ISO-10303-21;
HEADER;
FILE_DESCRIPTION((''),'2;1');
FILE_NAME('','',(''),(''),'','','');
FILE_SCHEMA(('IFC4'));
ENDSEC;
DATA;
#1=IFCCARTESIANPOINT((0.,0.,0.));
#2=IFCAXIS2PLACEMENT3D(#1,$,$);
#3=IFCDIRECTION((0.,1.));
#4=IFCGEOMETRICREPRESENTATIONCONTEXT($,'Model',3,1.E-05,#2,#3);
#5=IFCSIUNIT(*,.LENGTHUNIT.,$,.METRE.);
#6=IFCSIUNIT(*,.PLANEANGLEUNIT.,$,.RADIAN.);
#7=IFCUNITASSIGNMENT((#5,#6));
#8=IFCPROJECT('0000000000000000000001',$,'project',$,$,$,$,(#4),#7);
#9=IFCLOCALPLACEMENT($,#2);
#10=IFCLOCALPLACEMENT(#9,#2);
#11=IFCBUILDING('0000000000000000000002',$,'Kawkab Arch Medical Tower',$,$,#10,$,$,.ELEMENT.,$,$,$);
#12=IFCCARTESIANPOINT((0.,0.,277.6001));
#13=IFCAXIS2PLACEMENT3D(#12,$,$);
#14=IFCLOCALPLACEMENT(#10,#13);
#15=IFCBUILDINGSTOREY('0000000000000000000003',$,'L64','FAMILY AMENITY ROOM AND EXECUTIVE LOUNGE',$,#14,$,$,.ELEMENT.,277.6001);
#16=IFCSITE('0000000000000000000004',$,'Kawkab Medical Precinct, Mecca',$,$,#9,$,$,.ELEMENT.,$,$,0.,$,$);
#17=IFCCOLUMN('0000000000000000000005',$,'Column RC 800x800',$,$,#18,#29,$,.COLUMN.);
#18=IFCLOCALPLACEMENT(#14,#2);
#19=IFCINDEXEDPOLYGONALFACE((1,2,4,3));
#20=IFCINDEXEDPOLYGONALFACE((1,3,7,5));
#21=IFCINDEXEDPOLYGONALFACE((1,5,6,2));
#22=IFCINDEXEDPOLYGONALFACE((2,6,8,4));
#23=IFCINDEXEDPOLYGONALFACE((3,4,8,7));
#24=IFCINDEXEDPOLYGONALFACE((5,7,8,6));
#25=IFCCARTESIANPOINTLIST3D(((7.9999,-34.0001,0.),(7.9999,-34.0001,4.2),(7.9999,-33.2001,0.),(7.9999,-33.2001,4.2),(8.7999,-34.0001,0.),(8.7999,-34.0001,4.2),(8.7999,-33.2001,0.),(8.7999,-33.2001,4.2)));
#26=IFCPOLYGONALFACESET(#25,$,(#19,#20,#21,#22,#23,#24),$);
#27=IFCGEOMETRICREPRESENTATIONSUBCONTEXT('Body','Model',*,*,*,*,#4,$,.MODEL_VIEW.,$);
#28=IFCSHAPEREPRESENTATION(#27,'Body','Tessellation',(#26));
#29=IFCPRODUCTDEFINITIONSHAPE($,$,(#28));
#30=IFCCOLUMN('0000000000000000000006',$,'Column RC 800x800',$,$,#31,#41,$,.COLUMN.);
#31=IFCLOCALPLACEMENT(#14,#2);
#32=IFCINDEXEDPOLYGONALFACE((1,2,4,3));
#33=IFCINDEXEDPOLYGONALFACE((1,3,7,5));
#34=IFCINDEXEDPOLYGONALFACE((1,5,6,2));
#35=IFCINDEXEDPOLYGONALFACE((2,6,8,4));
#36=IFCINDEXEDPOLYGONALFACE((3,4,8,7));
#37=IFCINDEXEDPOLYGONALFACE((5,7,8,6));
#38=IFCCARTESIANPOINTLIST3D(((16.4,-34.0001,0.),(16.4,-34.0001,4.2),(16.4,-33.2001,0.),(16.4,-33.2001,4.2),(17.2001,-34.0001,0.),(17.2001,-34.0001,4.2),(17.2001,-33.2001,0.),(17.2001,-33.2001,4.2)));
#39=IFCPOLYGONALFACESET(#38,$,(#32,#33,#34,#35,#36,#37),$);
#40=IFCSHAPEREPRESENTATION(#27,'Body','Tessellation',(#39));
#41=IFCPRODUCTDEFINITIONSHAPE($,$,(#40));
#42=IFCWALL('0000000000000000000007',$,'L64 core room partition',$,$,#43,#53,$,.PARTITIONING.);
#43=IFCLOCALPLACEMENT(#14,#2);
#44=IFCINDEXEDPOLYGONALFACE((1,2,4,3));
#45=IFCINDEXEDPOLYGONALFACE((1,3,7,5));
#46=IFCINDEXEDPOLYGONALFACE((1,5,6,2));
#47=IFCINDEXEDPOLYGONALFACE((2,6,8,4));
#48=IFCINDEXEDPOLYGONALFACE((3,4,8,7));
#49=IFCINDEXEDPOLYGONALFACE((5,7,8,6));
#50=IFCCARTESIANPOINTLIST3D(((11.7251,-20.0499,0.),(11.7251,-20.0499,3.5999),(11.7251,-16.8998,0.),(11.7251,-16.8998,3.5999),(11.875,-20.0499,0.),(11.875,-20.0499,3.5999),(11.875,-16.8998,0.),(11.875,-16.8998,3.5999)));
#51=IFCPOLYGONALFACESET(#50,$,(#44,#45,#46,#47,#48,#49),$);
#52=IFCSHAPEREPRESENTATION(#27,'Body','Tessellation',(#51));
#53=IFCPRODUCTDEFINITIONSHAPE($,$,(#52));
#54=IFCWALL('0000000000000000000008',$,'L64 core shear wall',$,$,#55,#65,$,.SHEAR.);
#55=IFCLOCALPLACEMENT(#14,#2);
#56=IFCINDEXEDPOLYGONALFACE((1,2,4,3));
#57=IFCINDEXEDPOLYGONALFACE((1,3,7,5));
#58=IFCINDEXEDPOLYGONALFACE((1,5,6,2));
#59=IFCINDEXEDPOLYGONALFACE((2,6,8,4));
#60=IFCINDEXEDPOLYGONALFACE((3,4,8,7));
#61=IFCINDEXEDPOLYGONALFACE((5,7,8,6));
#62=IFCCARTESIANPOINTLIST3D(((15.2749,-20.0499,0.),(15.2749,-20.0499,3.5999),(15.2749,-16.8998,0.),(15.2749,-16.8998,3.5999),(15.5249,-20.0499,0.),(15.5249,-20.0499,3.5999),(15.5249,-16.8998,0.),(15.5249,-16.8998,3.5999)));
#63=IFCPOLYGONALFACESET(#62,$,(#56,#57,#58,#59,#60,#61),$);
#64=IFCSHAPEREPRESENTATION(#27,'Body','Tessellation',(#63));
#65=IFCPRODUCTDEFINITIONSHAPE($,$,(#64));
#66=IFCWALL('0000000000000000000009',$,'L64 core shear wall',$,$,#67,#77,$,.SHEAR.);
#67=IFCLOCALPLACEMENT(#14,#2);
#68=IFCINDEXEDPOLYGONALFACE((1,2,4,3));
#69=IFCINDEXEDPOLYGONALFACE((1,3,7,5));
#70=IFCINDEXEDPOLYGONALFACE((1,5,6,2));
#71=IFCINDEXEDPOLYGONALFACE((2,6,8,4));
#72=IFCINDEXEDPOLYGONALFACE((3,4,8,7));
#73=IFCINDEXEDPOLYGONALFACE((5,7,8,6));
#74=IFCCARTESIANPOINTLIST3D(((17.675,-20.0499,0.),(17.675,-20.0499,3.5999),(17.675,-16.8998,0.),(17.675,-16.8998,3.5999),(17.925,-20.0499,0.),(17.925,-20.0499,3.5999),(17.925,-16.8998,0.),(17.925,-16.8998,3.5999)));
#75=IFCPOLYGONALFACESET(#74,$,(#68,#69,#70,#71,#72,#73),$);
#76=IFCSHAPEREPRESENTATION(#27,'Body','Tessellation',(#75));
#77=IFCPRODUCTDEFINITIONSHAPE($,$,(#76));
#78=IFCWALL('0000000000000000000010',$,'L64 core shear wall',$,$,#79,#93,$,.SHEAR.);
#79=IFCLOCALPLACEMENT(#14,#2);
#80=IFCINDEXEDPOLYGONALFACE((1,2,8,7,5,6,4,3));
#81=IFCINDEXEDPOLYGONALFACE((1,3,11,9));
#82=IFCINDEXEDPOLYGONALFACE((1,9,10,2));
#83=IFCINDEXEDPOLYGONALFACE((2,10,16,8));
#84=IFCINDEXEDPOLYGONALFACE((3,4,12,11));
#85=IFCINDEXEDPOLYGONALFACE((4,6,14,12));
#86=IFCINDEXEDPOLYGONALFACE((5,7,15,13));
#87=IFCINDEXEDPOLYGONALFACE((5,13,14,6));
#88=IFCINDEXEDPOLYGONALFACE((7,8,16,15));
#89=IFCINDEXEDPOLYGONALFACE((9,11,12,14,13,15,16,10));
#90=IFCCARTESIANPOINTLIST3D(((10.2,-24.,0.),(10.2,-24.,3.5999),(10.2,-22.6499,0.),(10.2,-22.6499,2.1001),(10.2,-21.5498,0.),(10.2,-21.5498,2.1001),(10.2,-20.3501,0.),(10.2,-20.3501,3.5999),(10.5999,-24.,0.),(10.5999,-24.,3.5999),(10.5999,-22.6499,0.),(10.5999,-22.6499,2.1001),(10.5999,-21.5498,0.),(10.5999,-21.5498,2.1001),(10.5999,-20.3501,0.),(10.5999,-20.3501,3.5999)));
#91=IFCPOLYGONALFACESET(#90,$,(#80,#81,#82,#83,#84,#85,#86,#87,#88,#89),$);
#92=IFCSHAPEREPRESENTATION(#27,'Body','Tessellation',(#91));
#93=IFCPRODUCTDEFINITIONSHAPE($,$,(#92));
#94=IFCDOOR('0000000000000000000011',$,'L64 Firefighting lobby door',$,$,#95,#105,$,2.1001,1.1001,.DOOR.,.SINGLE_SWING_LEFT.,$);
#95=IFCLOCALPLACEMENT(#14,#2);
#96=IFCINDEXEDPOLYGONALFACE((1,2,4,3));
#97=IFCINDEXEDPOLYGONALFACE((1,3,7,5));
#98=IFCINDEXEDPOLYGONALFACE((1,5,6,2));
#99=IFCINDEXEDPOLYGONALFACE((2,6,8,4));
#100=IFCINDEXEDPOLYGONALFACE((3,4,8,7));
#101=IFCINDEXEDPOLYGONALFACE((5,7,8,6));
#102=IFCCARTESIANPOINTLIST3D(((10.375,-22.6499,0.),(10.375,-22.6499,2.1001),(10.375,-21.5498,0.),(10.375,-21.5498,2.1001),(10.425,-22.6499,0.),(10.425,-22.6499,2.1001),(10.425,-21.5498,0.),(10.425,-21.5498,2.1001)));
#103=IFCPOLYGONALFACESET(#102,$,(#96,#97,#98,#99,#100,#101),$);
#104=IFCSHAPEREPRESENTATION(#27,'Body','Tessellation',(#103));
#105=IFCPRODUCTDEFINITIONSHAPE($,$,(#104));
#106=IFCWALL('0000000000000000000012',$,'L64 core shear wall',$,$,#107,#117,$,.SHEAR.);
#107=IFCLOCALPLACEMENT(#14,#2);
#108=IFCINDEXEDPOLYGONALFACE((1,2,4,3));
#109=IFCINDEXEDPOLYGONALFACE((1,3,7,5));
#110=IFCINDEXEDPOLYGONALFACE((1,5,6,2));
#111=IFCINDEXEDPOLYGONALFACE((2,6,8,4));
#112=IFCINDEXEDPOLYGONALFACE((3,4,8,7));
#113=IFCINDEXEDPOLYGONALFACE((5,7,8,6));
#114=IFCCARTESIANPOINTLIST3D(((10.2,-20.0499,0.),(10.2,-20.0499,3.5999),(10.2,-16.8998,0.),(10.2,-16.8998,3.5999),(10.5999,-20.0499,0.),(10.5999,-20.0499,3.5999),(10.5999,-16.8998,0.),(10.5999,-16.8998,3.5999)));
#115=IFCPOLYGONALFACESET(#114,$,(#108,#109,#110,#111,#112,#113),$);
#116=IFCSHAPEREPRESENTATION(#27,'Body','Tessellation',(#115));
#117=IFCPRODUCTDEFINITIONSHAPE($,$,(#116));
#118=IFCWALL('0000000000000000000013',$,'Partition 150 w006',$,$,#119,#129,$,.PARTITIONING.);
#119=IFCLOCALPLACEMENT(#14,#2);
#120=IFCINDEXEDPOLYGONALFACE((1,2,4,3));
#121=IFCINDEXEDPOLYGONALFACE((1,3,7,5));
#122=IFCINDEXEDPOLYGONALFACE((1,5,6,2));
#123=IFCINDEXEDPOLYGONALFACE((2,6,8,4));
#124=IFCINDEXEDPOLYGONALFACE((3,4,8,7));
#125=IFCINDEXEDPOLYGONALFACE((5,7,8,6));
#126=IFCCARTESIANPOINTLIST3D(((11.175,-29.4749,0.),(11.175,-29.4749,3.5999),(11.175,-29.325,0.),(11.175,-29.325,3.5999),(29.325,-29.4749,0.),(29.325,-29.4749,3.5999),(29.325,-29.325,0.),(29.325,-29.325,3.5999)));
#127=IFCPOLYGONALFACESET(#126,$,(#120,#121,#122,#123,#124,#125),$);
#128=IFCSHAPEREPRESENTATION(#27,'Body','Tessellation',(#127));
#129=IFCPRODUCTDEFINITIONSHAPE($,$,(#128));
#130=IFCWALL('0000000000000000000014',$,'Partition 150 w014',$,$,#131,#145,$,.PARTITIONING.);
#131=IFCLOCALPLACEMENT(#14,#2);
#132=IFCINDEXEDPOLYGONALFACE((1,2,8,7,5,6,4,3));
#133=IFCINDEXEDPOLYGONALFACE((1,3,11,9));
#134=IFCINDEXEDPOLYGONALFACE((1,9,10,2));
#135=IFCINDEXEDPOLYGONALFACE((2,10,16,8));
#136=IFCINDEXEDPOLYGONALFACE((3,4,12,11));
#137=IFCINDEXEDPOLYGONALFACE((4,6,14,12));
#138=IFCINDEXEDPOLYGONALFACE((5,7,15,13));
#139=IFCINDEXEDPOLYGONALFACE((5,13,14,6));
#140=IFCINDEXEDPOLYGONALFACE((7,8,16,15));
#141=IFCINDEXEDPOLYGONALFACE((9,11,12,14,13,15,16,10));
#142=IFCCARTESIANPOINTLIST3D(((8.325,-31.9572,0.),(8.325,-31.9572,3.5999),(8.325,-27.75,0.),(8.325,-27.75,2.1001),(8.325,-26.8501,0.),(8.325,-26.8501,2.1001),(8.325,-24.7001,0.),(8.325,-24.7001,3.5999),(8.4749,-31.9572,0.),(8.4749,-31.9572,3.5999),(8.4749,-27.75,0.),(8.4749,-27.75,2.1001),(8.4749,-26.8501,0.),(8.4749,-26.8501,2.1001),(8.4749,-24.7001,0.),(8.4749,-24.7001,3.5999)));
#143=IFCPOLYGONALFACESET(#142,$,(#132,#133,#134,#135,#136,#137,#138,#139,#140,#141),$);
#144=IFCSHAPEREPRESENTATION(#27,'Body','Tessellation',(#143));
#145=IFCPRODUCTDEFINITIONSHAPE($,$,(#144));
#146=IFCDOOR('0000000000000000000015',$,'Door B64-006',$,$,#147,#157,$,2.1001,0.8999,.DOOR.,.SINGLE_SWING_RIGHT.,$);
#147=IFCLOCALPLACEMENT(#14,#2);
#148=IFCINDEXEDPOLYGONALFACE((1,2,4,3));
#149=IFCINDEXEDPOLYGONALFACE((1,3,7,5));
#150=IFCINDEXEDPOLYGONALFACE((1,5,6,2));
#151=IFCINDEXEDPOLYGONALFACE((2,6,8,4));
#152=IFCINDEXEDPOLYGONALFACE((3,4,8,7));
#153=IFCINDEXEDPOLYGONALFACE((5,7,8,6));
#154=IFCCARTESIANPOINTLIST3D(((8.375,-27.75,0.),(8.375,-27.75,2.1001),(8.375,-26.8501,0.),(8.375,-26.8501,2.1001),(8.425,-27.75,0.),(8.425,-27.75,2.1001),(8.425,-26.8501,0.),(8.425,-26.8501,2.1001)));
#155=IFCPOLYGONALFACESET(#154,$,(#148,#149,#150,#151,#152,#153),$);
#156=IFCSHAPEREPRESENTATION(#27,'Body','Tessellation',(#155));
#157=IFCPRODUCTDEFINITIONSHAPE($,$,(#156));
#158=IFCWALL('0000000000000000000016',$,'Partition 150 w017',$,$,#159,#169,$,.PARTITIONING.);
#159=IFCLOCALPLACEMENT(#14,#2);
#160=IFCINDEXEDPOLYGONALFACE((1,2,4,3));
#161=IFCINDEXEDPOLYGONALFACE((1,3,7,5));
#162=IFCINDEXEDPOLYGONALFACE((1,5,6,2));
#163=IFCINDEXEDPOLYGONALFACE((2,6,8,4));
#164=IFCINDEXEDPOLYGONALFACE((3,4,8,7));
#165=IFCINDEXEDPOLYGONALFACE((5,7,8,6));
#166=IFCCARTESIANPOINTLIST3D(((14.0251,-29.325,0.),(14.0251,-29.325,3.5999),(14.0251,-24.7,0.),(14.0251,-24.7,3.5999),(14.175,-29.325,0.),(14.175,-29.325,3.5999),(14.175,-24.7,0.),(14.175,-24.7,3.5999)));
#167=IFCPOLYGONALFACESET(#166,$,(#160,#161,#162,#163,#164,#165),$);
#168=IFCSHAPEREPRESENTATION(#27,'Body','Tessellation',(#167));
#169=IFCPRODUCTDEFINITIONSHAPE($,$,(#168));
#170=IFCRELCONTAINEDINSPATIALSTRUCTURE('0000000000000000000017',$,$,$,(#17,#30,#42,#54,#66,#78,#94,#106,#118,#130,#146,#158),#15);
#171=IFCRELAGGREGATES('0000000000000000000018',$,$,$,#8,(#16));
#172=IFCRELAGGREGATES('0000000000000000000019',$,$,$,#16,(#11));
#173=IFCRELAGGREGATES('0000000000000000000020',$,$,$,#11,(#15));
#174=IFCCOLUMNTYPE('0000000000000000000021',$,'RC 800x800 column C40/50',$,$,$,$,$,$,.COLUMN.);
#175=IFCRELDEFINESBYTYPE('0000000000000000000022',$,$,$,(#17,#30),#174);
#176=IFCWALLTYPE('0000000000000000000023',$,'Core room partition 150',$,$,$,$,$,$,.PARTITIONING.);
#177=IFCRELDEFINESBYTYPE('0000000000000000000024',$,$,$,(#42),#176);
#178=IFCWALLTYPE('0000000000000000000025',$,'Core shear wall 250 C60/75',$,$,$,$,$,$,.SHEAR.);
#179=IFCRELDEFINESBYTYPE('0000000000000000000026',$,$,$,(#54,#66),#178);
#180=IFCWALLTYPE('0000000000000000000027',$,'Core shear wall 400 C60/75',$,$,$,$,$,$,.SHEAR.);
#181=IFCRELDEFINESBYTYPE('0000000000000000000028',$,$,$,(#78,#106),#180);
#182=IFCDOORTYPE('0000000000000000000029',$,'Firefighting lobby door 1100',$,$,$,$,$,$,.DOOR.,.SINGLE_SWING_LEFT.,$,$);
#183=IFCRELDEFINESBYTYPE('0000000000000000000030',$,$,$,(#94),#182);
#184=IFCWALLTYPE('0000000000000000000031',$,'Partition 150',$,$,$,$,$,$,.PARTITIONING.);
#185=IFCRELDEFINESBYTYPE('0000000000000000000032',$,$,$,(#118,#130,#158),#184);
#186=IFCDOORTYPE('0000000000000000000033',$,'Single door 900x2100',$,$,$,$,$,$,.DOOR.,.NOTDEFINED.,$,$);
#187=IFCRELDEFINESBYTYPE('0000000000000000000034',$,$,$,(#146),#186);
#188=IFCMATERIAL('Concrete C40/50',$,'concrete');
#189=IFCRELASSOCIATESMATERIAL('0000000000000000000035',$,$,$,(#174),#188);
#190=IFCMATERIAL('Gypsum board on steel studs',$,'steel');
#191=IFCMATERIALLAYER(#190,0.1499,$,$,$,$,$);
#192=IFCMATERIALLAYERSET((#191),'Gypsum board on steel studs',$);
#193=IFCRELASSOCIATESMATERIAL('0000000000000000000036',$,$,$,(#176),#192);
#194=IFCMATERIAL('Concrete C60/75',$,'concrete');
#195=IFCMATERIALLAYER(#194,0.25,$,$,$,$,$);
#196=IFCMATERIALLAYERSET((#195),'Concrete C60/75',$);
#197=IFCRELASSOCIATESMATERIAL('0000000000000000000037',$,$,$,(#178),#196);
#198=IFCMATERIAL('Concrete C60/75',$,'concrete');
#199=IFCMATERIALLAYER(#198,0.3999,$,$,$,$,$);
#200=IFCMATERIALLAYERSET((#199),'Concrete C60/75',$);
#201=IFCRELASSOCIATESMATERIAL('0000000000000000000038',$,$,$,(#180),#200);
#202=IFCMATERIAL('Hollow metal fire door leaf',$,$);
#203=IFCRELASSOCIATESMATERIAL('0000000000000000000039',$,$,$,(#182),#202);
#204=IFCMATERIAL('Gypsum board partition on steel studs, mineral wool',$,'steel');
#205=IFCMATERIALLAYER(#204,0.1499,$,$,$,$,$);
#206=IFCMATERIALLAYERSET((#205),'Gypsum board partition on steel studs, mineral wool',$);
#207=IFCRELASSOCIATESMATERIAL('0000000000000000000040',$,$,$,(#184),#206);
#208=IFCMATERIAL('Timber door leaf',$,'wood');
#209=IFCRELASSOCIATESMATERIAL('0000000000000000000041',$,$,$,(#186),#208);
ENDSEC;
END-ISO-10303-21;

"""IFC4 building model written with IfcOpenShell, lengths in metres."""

from ifc_helpers import new_model, si_unit, direction, frame, frame_2d, origin, origin_2d, place, context, subcontext, project, spatial, rectangle, extrude, material, layer, layer_set, material_profile, profile_set, type_object, element, fill, save


model = new_model("IFC4")

# Units and contexts
model_context = context("Model", 3, precision=1e-05, world=origin(), true_north=direction((0.0, 1.0)))
body_context = subcontext(model_context, "Body", "Model", "MODEL_VIEW")
ifc_project = project(units=[si_unit("LENGTHUNIT", "METRE"), si_unit("PLANEANGLEUNIT", "RADIAN")], contexts=[model_context])

# Site, building, storey
site_placement = place(None, origin())
site = spatial("IfcSite", under=ifc_project, at=site_placement, Name="Kawkab Medical Precinct, Mecca", CompositionType="ELEMENT", RefElevation=0.0)
building_placement = place(site_placement, origin())
building = spatial("IfcBuilding", under=site, at=building_placement, Name="Kawkab Arch Medical Tower", CompositionType="ELEMENT")
storey_placement = place(building_placement, frame((0.0, 0.0, 277.6001)))
storey = spatial("IfcBuildingStorey", under=building, at=storey_placement, Name="L64", Description="FAMILY AMENITY ROOM AND EXECUTIVE LOUNGE", CompositionType="ELEMENT", Elevation=277.6001)

# Columns
ifc_material_1 = material(Name="Concrete C40/50", Category="concrete")
ifc_material_profile = material_profile(ifc_material_1, rectangle(XDim=0.8, YDim=0.8, at=origin_2d()), Name="RC 800x800")
ifc_profile_set = profile_set([ifc_material_profile], Name="Concrete C40/50")
column_type = type_object("IfcColumnType", Name="RC 800x800 column C40/50", PredefinedType="COLUMN", material=ifc_profile_set)
for number, where, z_axis, x_axis, name in (
    (1, (8.3999, -33.6001, 0.0), (0.0, 0.0, 1.0), (1.0, 0.0, 0.0), "Column RC 800x800"),
    (2, (16.8, -33.6001, 0.0), (0.0, 0.0, 1.0), (1.0, 0.0, 0.0), "Column RC 800x800"),
):
    element("IfcColumn", number, at=place(storey_placement, frame(where, z_axis=z_axis, x_axis=x_axis)), inside=storey, type_object=column_type, Name=name, PredefinedType="COLUMN", context=body_context, shape_type="SweptSolid", body=[
        extrude(rectangle(XDim=0.8, YDim=0.8, at=origin_2d()), origin(), (0.0, 0.0, 1.0), 4.2),
    ])

# Walls
ifc_material_2 = material(Name="Gypsum board on steel studs", Category="steel")
ifc_layer_1 = layer(ifc_material_2, 0.1499)
ifc_layer_set_1 = layer_set([ifc_layer_1], Name="Gypsum board on steel studs")
wall_type_1 = type_object("IfcWallType", Name="Core room partition 150", PredefinedType="PARTITIONING", material=ifc_layer_set_1)
wall_1_placement = place(storey_placement, frame((11.8, -20.05, 0.0), z_axis=(0.0, 0.0, 1.0), x_axis=(0.0, 1.0, 0.0)))
element("IfcWall", 3, at=wall_1_placement, inside=storey, type_object=wall_type_1, Name="L64 core room partition", PredefinedType="PARTITIONING", context=body_context, shape_type="SweptSolid", body=[
    extrude(rectangle(XDim=3.1501, YDim=0.1499, at=frame_2d((1.5752, 0.0))), origin(), (0.0, 0.0, 1.0), 3.5999),
])
ifc_material_3 = material(Name="Concrete C60/75", Category="concrete")
ifc_layer_2 = layer(ifc_material_3, 0.25)
ifc_layer_set_2 = layer_set([ifc_layer_2], Name="Concrete C60/75")
wall_type_2 = type_object("IfcWallType", Name="Core shear wall 250 C60/75", PredefinedType="SHEAR", material=ifc_layer_set_2)
for number, where, z_axis, x_axis, name in (
    (4, (15.3999, -20.05, 0.0), (0.0, 0.0, 1.0), (0.0, 1.0, 0.0), "L64 core shear wall"),
    (5, (17.8, -20.05, 0.0), (0.0, 0.0, 1.0), (0.0, 1.0, 0.0), "L64 core shear wall"),
):
    element("IfcWall", number, at=place(storey_placement, frame(where, z_axis=z_axis, x_axis=x_axis)), inside=storey, type_object=wall_type_2, Name=name, PredefinedType="SHEAR", context=body_context, shape_type="SweptSolid", body=[
        extrude(rectangle(XDim=3.1501, YDim=0.25, at=frame_2d((1.5752, 0.0))), origin(), (0.0, 0.0, 1.0), 3.5999),
    ])

# Wall, opening, door
ifc_material_4 = material(Name="Concrete C60/75", Category="concrete")
ifc_layer_3 = layer(ifc_material_4, 0.3999)
ifc_layer_set_3 = layer_set([ifc_layer_3], Name="Concrete C60/75")
wall_type_3 = type_object("IfcWallType", Name="Core shear wall 400 C60/75", PredefinedType="SHEAR", material=ifc_layer_set_3)
wall_2_placement = place(storey_placement, frame((10.3999, -24.0, 0.0), z_axis=(0.0, 0.0, 1.0), x_axis=(0.0, 1.0, 0.0)))
wall_2 = element("IfcWall", 6, at=wall_2_placement, inside=storey, type_object=wall_type_3, Name="L64 core shear wall", PredefinedType="SHEAR", context=body_context, shape_type="SweptSolid", body=[
    extrude(rectangle(XDim=3.6499, YDim=0.3999, at=frame_2d((1.825, 0.0))), origin(), (0.0, 0.0, 1.0), 3.5999),
])
opening_1_placement = place(wall_2_placement, frame((1.3501, 0.0, 0.0)))
opening_1 = element("IfcOpeningElement", 7, at=opening_1_placement, cuts=wall_2, PredefinedType="OPENING", context=body_context, shape_type="SweptSolid", body=[
    extrude(rectangle(XDim=1.1001, YDim=2.1001, at=frame_2d((0.55, 1.05))), frame((0.0, 0.21, 0.0), z_axis=(0.0, -1.0, 0.0), x_axis=(1.0, 0.0, 0.0)), (0.0, 0.0, 1.0), 0.4199),
])
ifc_material_5 = material(Name="Hollow metal fire door leaf")
door_type_1 = type_object("IfcDoorType", Name="Firefighting lobby door 1100", OperationType="SINGLE_SWING_LEFT", PredefinedType="DOOR", material=ifc_material_5)
door_1_placement = place(opening_1_placement, origin())
door_1 = element("IfcDoor", 8, at=door_1_placement, inside=storey, type_object=door_type_1, Name="L64 Firefighting lobby door", OperationType="SINGLE_SWING_LEFT", OverallHeight=2.1001, OverallWidth=1.1001, PredefinedType="DOOR", context=body_context, shape_type="SweptSolid", body=[
    extrude(rectangle(XDim=1.1001, YDim=2.1001, at=frame_2d((0.55, 1.05))), frame((0.0, 0.0249, 0.0), z_axis=(0.0, -1.0, 0.0), x_axis=(1.0, 0.0, 0.0)), (0.0, 0.0, 1.0), 0.05),
])
fill(opening_1, door_1)

# Walls
wall_3_placement = place(storey_placement, frame((10.3999, -20.05, 0.0), z_axis=(0.0, 0.0, 1.0), x_axis=(0.0, 1.0, 0.0)))
element("IfcWall", 9, at=wall_3_placement, inside=storey, type_object=wall_type_3, Name="L64 core shear wall", PredefinedType="SHEAR", context=body_context, shape_type="SweptSolid", body=[
    extrude(rectangle(XDim=3.1501, YDim=0.3999, at=frame_2d((1.5752, 0.0))), origin(), (0.0, 0.0, 1.0), 3.5999),
])
ifc_material_6 = material(Name="Gypsum board partition on steel studs, mineral wool", Category="steel")
ifc_layer_4 = layer(ifc_material_6, 0.1499)
ifc_layer_set_4 = layer_set([ifc_layer_4], Name="Gypsum board partition on steel studs, mineral wool")
wall_type_4 = type_object("IfcWallType", Name="Partition 150", PredefinedType="PARTITIONING", material=ifc_layer_set_4)
wall_4_placement = place(storey_placement, frame((11.175, -29.3999, 0.0), z_axis=(0.0, 0.0, 1.0), x_axis=(1.0, 0.0, 0.0)))
element("IfcWall", 10, at=wall_4_placement, inside=storey, type_object=wall_type_4, Name="Partition 150 w006", PredefinedType="PARTITIONING", context=body_context, shape_type="SweptSolid", body=[
    extrude(rectangle(XDim=18.1499, YDim=0.1499, at=frame_2d((9.075, 0.0))), origin(), (0.0, 0.0, 1.0), 3.5999),
])

# Wall, opening, door
wall_5_placement = place(storey_placement, frame((8.3999, -31.957, 0.0), z_axis=(0.0, 0.0, 1.0), x_axis=(0.0, 1.0, 0.0)))
wall_5 = element("IfcWall", 11, at=wall_5_placement, inside=storey, type_object=wall_type_4, Name="Partition 150 w014", PredefinedType="PARTITIONING", context=body_context, shape_type="SweptSolid", body=[
    extrude(rectangle(XDim=7.2571, YDim=0.1499, at=frame_2d((3.6284, 0.0))), origin(), (0.0, 0.0, 1.0), 3.5999),
])
opening_2_placement = place(wall_5_placement, frame((4.207, 0.0, 0.0)))
opening_2 = element("IfcOpeningElement", 12, at=opening_2_placement, cuts=wall_5, PredefinedType="OPENING", context=body_context, shape_type="SweptSolid", body=[
    extrude(rectangle(XDim=0.8999, YDim=2.1001, at=frame_2d((0.45, 1.05))), frame((0.0, 0.085, 0.0), z_axis=(0.0, -1.0, 0.0), x_axis=(1.0, 0.0, 0.0)), (0.0, 0.0, 1.0), 0.1699),
])
ifc_material_7 = material(Name="Timber door leaf", Category="wood")
door_type_2 = type_object("IfcDoorType", Name="Single door 900x2100", OperationType="NOTDEFINED", PredefinedType="DOOR", material=ifc_material_7)
door_2_placement = place(opening_2_placement, origin())
door_2 = element("IfcDoor", 13, at=door_2_placement, inside=storey, type_object=door_type_2, Name="Door B64-006", OperationType="SINGLE_SWING_RIGHT", OverallHeight=2.1001, OverallWidth=0.8999, PredefinedType="DOOR", context=body_context, shape_type="SweptSolid", body=[
    extrude(rectangle(XDim=0.8999, YDim=2.1001, at=frame_2d((0.45, 1.05))), frame((0.0, 0.0249, 0.0), z_axis=(0.0, -1.0, 0.0), x_axis=(1.0, 0.0, 0.0)), (0.0, 0.0, 1.0), 0.05),
])
fill(opening_2, door_2)

# Wall
wall_6_placement = place(storey_placement, frame((14.1001, -29.325, 0.0), z_axis=(0.0, 0.0, 1.0), x_axis=(0.0, 1.0, 0.0)))
element("IfcWall", 14, at=wall_6_placement, inside=storey, type_object=wall_type_4, Name="Partition 150 w017", PredefinedType="PARTITIONING", context=body_context, shape_type="SweptSolid", body=[
    extrude(rectangle(XDim=4.625, YDim=0.1499, at=frame_2d((2.3125, 0.0))), origin(), (0.0, 0.0, 1.0), 3.5999),
])

save(model, "model.ifc")
